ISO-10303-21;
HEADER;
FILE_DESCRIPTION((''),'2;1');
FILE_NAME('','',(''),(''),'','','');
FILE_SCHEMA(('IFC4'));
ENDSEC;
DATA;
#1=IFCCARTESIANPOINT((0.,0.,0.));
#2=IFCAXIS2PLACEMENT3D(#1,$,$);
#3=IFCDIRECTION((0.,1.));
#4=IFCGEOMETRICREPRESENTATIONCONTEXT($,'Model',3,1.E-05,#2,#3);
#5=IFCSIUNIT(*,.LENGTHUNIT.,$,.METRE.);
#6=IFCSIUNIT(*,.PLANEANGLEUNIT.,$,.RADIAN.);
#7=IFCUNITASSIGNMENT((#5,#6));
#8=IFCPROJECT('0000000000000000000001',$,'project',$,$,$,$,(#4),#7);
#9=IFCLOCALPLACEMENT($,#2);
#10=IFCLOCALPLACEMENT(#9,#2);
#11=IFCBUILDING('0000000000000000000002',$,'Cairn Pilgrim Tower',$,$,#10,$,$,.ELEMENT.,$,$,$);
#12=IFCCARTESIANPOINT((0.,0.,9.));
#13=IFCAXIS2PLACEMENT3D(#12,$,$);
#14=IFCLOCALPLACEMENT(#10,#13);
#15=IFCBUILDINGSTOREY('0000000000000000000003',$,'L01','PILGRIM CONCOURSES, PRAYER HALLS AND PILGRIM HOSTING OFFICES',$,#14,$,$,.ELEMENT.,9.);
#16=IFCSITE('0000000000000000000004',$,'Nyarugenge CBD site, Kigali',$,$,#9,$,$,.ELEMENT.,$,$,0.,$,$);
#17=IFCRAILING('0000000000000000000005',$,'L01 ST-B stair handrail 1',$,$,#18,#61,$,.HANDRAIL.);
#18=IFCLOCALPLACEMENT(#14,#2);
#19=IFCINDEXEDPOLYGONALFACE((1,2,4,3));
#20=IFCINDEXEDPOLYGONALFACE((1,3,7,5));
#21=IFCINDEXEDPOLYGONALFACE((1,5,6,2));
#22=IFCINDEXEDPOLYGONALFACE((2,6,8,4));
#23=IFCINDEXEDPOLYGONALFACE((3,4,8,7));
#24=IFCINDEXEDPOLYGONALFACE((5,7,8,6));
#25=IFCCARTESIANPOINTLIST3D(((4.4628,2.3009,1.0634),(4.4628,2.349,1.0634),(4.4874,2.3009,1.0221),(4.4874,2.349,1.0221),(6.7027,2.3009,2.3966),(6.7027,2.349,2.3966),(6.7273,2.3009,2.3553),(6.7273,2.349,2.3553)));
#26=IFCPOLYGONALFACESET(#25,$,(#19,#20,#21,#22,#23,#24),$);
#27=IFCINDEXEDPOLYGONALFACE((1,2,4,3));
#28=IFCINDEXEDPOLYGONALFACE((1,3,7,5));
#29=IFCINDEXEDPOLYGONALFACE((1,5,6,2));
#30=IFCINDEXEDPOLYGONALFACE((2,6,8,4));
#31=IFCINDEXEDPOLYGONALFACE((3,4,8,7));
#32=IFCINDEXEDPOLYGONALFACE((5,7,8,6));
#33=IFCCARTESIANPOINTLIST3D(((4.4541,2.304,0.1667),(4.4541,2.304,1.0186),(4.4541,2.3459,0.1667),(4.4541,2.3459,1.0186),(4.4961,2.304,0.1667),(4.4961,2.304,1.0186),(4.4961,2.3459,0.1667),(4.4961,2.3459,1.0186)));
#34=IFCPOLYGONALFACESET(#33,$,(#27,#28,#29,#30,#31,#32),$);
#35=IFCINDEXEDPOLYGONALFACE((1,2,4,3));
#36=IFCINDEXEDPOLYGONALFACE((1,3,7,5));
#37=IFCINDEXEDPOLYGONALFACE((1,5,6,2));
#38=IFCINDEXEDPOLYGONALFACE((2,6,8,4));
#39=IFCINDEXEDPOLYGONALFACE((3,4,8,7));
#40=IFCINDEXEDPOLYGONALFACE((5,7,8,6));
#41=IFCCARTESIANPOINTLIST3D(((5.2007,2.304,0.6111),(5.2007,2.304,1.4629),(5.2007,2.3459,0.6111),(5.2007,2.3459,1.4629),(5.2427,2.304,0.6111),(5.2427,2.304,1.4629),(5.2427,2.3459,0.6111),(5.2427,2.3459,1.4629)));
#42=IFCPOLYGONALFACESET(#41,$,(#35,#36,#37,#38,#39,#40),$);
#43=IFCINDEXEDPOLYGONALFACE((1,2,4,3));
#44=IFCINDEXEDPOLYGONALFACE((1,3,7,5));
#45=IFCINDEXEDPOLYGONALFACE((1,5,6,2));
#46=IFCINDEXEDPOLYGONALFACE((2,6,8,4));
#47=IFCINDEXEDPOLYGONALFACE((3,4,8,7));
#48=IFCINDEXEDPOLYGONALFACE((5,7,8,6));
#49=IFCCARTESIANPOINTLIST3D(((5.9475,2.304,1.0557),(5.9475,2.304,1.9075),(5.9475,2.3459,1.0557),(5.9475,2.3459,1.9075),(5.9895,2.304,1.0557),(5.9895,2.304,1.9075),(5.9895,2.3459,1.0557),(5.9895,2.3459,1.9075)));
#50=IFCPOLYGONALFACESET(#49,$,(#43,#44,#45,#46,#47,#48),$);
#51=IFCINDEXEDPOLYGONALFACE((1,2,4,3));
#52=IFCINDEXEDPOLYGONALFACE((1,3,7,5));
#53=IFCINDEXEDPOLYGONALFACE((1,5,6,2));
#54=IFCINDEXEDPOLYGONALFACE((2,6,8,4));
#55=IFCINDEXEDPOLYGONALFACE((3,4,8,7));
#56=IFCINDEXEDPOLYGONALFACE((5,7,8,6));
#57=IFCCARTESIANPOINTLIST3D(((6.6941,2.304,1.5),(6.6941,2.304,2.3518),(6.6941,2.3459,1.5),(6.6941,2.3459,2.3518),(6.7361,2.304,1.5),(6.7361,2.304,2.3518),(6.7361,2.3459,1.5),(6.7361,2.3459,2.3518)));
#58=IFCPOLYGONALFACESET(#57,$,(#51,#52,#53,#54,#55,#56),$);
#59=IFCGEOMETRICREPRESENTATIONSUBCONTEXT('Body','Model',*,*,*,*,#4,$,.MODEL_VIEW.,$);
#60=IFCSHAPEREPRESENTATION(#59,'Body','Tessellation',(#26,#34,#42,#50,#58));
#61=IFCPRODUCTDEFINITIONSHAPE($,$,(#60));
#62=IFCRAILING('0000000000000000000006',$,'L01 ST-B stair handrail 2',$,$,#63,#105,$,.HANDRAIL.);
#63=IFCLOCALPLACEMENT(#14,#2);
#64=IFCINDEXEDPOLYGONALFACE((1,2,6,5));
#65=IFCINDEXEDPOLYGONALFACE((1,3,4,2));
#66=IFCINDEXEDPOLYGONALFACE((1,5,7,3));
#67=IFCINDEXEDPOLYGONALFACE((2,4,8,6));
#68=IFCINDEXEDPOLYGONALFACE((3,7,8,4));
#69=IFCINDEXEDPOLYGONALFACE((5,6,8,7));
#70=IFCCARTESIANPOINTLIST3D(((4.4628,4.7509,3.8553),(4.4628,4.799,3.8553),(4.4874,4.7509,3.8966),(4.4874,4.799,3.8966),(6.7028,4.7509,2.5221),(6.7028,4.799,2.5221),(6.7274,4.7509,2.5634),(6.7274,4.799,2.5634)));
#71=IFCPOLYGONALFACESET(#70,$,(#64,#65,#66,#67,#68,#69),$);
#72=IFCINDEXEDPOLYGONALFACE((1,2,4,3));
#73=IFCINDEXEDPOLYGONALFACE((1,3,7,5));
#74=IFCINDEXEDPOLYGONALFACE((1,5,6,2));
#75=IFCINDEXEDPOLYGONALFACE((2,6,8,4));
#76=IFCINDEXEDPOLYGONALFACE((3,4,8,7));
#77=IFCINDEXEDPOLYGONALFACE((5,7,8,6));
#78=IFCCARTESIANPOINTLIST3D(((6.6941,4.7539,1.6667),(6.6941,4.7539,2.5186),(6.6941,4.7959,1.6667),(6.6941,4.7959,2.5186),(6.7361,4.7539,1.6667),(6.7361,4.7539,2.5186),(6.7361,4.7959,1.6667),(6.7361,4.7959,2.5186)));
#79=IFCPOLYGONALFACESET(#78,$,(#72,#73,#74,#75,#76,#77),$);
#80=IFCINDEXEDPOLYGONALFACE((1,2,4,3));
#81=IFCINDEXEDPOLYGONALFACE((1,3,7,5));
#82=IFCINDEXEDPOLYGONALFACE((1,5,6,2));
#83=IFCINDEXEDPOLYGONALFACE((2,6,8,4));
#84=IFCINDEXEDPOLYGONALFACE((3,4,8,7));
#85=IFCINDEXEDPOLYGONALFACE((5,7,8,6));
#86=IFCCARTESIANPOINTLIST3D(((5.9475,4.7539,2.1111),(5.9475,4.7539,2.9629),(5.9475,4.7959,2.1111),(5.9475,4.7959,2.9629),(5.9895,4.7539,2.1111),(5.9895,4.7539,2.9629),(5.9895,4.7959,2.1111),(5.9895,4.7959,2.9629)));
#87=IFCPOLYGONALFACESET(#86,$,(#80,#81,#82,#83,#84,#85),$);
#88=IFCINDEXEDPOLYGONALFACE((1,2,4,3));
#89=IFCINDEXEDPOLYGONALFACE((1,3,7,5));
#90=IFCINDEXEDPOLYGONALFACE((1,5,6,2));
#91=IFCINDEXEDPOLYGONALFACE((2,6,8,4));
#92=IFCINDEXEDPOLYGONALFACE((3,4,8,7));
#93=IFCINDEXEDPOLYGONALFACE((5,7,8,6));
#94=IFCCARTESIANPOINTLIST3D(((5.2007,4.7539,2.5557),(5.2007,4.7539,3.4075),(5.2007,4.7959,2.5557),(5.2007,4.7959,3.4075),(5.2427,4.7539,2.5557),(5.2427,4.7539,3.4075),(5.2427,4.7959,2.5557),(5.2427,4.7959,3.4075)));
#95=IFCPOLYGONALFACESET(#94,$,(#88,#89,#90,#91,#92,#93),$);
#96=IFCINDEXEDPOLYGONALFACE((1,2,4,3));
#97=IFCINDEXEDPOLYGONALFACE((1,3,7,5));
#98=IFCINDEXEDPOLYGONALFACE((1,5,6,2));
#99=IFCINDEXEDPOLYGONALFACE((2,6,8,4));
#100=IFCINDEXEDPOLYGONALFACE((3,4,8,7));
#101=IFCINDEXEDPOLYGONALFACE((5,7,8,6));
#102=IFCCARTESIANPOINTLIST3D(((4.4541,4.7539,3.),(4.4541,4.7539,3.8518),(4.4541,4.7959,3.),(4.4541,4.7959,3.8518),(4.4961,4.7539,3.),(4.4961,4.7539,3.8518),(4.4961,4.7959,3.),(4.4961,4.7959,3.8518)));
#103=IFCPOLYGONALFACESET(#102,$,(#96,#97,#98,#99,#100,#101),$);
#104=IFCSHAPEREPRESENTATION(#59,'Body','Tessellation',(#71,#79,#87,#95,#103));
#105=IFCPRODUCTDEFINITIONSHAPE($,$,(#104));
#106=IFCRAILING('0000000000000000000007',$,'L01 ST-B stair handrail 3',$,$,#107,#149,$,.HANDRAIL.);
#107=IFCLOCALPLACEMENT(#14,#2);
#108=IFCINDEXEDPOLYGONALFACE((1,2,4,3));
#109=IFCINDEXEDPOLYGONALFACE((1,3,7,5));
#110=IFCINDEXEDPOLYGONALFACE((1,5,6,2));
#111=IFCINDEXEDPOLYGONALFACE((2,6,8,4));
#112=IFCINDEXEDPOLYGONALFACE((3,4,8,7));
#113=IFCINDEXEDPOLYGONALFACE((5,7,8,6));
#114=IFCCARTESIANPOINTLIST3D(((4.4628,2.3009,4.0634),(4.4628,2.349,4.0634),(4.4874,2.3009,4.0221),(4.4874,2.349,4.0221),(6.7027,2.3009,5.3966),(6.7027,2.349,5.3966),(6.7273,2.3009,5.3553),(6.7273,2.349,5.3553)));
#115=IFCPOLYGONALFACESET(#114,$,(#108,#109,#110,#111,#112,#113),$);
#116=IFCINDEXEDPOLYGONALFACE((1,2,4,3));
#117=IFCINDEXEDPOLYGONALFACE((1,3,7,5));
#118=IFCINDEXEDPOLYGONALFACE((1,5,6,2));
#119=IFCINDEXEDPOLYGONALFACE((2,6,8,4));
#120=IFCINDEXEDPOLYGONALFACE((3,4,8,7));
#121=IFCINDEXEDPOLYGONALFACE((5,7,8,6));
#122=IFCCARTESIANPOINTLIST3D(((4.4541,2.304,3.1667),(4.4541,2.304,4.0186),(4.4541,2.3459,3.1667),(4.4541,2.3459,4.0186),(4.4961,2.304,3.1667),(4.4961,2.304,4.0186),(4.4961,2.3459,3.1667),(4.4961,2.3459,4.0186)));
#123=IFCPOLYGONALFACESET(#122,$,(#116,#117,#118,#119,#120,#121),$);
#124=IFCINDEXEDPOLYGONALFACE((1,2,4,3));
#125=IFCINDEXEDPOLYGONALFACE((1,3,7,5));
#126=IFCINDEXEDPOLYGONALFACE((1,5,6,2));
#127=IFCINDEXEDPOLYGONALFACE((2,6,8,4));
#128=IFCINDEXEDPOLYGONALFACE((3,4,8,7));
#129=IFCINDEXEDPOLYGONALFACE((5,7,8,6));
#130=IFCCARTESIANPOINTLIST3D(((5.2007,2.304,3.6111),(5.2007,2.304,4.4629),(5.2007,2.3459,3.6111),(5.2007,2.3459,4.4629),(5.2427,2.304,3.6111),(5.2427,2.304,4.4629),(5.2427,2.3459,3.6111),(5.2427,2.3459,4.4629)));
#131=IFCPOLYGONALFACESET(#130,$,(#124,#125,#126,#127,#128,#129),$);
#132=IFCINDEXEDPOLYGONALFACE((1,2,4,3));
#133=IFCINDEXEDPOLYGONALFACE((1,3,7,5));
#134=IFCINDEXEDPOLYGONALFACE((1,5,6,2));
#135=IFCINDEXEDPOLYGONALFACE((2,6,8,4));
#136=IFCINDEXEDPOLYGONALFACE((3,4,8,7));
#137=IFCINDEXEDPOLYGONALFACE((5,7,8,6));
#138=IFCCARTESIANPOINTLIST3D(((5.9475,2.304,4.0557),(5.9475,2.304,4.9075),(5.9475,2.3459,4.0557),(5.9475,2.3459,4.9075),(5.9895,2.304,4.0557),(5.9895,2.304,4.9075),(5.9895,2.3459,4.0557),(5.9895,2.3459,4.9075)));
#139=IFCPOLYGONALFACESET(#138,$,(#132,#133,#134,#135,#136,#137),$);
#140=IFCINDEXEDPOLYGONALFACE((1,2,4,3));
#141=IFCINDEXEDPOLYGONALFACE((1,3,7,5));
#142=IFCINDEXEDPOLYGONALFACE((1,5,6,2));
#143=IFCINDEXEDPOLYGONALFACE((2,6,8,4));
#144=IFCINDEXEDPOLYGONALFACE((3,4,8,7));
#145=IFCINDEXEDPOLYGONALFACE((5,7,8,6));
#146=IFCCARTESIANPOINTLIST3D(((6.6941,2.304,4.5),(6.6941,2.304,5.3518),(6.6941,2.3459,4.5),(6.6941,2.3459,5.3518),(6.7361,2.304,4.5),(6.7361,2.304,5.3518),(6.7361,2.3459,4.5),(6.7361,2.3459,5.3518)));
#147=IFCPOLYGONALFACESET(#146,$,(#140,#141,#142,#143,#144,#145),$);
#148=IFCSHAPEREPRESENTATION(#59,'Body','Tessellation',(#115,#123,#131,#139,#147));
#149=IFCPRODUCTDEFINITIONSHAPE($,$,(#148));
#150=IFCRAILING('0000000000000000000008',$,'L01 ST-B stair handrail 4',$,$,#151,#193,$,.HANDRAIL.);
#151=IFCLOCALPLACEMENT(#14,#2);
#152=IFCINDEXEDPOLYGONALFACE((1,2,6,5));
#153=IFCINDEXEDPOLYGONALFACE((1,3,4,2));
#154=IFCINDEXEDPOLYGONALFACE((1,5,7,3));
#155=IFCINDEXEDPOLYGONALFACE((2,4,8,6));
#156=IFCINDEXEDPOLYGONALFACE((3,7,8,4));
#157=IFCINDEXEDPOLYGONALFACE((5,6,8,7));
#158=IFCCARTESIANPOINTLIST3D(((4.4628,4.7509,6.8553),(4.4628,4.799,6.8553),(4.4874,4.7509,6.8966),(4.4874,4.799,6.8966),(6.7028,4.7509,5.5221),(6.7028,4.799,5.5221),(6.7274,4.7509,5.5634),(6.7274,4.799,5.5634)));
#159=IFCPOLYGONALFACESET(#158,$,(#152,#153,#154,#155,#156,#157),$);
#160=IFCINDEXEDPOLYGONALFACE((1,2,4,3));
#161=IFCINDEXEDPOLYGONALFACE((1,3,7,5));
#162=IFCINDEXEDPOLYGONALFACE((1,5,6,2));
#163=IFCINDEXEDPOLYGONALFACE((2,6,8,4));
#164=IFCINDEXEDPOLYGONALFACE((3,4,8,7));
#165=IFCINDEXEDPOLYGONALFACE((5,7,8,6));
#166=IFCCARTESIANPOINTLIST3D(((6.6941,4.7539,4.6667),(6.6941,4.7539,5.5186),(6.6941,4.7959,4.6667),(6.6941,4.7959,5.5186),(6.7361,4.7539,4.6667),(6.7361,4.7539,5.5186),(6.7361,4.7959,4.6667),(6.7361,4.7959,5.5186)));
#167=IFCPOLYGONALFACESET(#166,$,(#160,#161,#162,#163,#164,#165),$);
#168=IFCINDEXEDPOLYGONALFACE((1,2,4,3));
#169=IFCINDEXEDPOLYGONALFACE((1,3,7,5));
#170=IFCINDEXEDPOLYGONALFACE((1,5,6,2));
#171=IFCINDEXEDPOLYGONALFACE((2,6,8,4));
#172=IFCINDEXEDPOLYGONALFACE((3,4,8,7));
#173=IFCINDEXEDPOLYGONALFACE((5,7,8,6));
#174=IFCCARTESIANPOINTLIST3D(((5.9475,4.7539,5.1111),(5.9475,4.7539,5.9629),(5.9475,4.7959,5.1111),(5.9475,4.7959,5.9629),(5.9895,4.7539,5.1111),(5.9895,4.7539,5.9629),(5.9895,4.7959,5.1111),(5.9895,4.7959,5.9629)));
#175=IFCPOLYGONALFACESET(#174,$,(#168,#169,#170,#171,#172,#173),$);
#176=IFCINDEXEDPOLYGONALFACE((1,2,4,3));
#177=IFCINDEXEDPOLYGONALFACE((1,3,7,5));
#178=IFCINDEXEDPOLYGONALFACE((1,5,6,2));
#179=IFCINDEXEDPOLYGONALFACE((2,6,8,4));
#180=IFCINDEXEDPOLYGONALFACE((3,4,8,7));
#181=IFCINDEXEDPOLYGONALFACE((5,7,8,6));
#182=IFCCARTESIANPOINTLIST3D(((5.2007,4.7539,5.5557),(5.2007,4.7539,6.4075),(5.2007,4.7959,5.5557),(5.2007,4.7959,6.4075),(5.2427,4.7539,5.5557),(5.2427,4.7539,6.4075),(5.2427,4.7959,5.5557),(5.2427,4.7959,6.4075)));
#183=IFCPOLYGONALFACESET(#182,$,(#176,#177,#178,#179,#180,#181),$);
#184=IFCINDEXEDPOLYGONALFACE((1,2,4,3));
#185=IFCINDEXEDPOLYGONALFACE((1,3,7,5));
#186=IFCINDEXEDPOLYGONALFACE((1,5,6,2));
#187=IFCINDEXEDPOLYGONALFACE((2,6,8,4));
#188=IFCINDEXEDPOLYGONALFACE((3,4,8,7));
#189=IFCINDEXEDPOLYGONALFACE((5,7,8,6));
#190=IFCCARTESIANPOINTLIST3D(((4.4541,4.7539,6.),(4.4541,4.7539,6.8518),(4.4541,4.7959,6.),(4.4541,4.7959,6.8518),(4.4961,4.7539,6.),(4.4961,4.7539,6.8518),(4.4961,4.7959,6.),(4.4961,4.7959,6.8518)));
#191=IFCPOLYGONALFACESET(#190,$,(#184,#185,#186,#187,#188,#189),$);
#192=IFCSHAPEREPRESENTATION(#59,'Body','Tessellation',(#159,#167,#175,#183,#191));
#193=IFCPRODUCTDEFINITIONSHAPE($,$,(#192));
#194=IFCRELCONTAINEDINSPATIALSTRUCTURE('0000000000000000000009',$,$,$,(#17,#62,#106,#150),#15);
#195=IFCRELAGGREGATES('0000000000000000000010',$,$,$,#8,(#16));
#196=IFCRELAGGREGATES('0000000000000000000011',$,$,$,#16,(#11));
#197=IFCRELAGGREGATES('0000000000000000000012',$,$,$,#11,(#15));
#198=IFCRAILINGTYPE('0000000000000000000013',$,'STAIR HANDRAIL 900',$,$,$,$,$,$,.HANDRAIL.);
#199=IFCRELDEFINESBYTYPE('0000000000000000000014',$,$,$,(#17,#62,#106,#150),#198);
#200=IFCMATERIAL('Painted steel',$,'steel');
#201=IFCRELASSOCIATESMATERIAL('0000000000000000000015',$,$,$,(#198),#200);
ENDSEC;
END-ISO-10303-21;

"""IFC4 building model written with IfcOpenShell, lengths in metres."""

from ifc_helpers import new_model, si_unit, direction, frame, origin, origin_2d, place, context, subcontext, project, spatial, rectangle, extrude, material, type_object, element, save


model = new_model("IFC4")

# Units and contexts
model_context = context("Model", 3, precision=1e-05, world=origin(), true_north=direction((0.0, 1.0)))
body_context = subcontext(model_context, "Body", "Model", "MODEL_VIEW")
ifc_project = project(units=[si_unit("LENGTHUNIT", "METRE"), si_unit("PLANEANGLEUNIT", "RADIAN")], contexts=[model_context])

# Site, building, storey
site_placement = place(None, origin())
site = spatial("IfcSite", under=ifc_project, at=site_placement, Name="Nyarugenge CBD site, Kigali", CompositionType="ELEMENT", RefElevation=0.0)
building_placement = place(site_placement, origin())
building = spatial("IfcBuilding", under=site, at=building_placement, Name="Cairn Pilgrim Tower", CompositionType="ELEMENT")
storey_placement = place(building_placement, frame((0.0, 0.0, 9.0)))
storey = spatial("IfcBuildingStorey", under=building, at=storey_placement, Name="L01", Description="PILGRIM CONCOURSES, PRAYER HALLS AND PILGRIM HOSTING OFFICES", CompositionType="ELEMENT", Elevation=9.0)

# Shared definitions
ifc_material_1 = material(Name="Painted steel", Category="steel")

# Railings
railing_type_1 = type_object("IfcRailingType", Name="STAIR HANDRAIL 900", PredefinedType="HANDRAIL", material=ifc_material_1)
railing_1_placement = place(storey_placement, frame((4.4751, 2.325, 0.1667)))
element("IfcRailing", 1, at=railing_1_placement, inside=storey, type_object=railing_type_1, Name="L01 ST-B stair handrail 1", PredefinedType="HANDRAIL", context=body_context, shape_type="SweptSolid", body=[
    extrude(rectangle(XDim=0.0481, YDim=0.0481, at=origin_2d()), frame((0.0, 0.0, 0.876), z_axis=(0.859306, 0.0, 0.511462), x_axis=(0.0, 1.0, 0.0)), (0.0, 0.0, 1.0), 2.6067),
    extrude(rectangle(XDim=0.042, YDim=0.042, at=origin_2d()), origin(), (0.0, 0.0, 1.0), 0.8518),
    extrude(rectangle(XDim=0.042, YDim=0.042, at=origin_2d()), frame((0.7466, 0.0, 0.4443)), (0.0, 0.0, 1.0), 0.8518),
    extrude(rectangle(XDim=0.042, YDim=0.042, at=origin_2d()), frame((1.4934, 0.0, 0.8889)), (0.0, 0.0, 1.0), 0.8518),
    extrude(rectangle(XDim=0.042, YDim=0.042, at=origin_2d()), frame((2.24, 0.0, 1.3333)), (0.0, 0.0, 1.0), 0.8518),
])
railing_2_placement = place(storey_placement, frame((6.7151, 4.7749, 1.6667)))
element("IfcRailing", 2, at=railing_2_placement, inside=storey, type_object=railing_type_1, Name="L01 ST-B stair handrail 2", PredefinedType="HANDRAIL", context=body_context, shape_type="SweptSolid", body=[
    extrude(rectangle(XDim=0.0481, YDim=0.0481, at=origin_2d()), frame((0.0, 0.0, 0.876), z_axis=(-0.859306, 0.0, 0.511462), x_axis=(0.0, -1.0, 0.0)), (0.0, 0.0, 1.0), 2.6067),
    extrude(rectangle(XDim=0.042, YDim=0.042, at=origin_2d()), origin(), (0.0, 0.0, 1.0), 0.8518),
    extrude(rectangle(XDim=0.042, YDim=0.042, at=origin_2d()), frame((-0.7466, 0.0, 0.4443)), (0.0, 0.0, 1.0), 0.8518),
    extrude(rectangle(XDim=0.042, YDim=0.042, at=origin_2d()), frame((-1.4934, 0.0, 0.8889)), (0.0, 0.0, 1.0), 0.8518),
    extrude(rectangle(XDim=0.042, YDim=0.042, at=origin_2d()), frame((-2.24, 0.0, 1.3333)), (0.0, 0.0, 1.0), 0.8518),
])
railing_3_placement = place(storey_placement, frame((4.4751, 2.325, 3.1667)))
element("IfcRailing", 3, at=railing_3_placement, inside=storey, type_object=railing_type_1, Name="L01 ST-B stair handrail 3", PredefinedType="HANDRAIL", context=body_context, shape_type="SweptSolid", body=[
    extrude(rectangle(XDim=0.0481, YDim=0.0481, at=origin_2d()), frame((0.0, 0.0, 0.876), z_axis=(0.859306, 0.0, 0.511462), x_axis=(0.0, 1.0, 0.0)), (0.0, 0.0, 1.0), 2.6067),
    extrude(rectangle(XDim=0.042, YDim=0.042, at=origin_2d()), origin(), (0.0, 0.0, 1.0), 0.8518),
    extrude(rectangle(XDim=0.042, YDim=0.042, at=origin_2d()), frame((0.7466, 0.0, 0.4443)), (0.0, 0.0, 1.0), 0.8518),
    extrude(rectangle(XDim=0.042, YDim=0.042, at=origin_2d()), frame((1.4934, 0.0, 0.8889)), (0.0, 0.0, 1.0), 0.8518),
    extrude(rectangle(XDim=0.042, YDim=0.042, at=origin_2d()), frame((2.24, 0.0, 1.3333)), (0.0, 0.0, 1.0), 0.8518),
])
railing_4_placement = place(storey_placement, frame((6.7151, 4.7749, 4.6667)))
element("IfcRailing", 4, at=railing_4_placement, inside=storey, type_object=railing_type_1, Name="L01 ST-B stair handrail 4", PredefinedType="HANDRAIL", context=body_context, shape_type="SweptSolid", body=[
    extrude(rectangle(XDim=0.0481, YDim=0.0481, at=origin_2d()), frame((0.0, 0.0, 0.876), z_axis=(-0.859306, 0.0, 0.511462), x_axis=(0.0, -1.0, 0.0)), (0.0, 0.0, 1.0), 2.6067),
    extrude(rectangle(XDim=0.042, YDim=0.042, at=origin_2d()), origin(), (0.0, 0.0, 1.0), 0.8518),
    extrude(rectangle(XDim=0.042, YDim=0.042, at=origin_2d()), frame((-0.7466, 0.0, 0.4443)), (0.0, 0.0, 1.0), 0.8518),
    extrude(rectangle(XDim=0.042, YDim=0.042, at=origin_2d()), frame((-1.4934, 0.0, 0.8889)), (0.0, 0.0, 1.0), 0.8518),
    extrude(rectangle(XDim=0.042, YDim=0.042, at=origin_2d()), frame((-2.24, 0.0, 1.3333)), (0.0, 0.0, 1.0), 0.8518),
])

save(model, "model.ifc")
